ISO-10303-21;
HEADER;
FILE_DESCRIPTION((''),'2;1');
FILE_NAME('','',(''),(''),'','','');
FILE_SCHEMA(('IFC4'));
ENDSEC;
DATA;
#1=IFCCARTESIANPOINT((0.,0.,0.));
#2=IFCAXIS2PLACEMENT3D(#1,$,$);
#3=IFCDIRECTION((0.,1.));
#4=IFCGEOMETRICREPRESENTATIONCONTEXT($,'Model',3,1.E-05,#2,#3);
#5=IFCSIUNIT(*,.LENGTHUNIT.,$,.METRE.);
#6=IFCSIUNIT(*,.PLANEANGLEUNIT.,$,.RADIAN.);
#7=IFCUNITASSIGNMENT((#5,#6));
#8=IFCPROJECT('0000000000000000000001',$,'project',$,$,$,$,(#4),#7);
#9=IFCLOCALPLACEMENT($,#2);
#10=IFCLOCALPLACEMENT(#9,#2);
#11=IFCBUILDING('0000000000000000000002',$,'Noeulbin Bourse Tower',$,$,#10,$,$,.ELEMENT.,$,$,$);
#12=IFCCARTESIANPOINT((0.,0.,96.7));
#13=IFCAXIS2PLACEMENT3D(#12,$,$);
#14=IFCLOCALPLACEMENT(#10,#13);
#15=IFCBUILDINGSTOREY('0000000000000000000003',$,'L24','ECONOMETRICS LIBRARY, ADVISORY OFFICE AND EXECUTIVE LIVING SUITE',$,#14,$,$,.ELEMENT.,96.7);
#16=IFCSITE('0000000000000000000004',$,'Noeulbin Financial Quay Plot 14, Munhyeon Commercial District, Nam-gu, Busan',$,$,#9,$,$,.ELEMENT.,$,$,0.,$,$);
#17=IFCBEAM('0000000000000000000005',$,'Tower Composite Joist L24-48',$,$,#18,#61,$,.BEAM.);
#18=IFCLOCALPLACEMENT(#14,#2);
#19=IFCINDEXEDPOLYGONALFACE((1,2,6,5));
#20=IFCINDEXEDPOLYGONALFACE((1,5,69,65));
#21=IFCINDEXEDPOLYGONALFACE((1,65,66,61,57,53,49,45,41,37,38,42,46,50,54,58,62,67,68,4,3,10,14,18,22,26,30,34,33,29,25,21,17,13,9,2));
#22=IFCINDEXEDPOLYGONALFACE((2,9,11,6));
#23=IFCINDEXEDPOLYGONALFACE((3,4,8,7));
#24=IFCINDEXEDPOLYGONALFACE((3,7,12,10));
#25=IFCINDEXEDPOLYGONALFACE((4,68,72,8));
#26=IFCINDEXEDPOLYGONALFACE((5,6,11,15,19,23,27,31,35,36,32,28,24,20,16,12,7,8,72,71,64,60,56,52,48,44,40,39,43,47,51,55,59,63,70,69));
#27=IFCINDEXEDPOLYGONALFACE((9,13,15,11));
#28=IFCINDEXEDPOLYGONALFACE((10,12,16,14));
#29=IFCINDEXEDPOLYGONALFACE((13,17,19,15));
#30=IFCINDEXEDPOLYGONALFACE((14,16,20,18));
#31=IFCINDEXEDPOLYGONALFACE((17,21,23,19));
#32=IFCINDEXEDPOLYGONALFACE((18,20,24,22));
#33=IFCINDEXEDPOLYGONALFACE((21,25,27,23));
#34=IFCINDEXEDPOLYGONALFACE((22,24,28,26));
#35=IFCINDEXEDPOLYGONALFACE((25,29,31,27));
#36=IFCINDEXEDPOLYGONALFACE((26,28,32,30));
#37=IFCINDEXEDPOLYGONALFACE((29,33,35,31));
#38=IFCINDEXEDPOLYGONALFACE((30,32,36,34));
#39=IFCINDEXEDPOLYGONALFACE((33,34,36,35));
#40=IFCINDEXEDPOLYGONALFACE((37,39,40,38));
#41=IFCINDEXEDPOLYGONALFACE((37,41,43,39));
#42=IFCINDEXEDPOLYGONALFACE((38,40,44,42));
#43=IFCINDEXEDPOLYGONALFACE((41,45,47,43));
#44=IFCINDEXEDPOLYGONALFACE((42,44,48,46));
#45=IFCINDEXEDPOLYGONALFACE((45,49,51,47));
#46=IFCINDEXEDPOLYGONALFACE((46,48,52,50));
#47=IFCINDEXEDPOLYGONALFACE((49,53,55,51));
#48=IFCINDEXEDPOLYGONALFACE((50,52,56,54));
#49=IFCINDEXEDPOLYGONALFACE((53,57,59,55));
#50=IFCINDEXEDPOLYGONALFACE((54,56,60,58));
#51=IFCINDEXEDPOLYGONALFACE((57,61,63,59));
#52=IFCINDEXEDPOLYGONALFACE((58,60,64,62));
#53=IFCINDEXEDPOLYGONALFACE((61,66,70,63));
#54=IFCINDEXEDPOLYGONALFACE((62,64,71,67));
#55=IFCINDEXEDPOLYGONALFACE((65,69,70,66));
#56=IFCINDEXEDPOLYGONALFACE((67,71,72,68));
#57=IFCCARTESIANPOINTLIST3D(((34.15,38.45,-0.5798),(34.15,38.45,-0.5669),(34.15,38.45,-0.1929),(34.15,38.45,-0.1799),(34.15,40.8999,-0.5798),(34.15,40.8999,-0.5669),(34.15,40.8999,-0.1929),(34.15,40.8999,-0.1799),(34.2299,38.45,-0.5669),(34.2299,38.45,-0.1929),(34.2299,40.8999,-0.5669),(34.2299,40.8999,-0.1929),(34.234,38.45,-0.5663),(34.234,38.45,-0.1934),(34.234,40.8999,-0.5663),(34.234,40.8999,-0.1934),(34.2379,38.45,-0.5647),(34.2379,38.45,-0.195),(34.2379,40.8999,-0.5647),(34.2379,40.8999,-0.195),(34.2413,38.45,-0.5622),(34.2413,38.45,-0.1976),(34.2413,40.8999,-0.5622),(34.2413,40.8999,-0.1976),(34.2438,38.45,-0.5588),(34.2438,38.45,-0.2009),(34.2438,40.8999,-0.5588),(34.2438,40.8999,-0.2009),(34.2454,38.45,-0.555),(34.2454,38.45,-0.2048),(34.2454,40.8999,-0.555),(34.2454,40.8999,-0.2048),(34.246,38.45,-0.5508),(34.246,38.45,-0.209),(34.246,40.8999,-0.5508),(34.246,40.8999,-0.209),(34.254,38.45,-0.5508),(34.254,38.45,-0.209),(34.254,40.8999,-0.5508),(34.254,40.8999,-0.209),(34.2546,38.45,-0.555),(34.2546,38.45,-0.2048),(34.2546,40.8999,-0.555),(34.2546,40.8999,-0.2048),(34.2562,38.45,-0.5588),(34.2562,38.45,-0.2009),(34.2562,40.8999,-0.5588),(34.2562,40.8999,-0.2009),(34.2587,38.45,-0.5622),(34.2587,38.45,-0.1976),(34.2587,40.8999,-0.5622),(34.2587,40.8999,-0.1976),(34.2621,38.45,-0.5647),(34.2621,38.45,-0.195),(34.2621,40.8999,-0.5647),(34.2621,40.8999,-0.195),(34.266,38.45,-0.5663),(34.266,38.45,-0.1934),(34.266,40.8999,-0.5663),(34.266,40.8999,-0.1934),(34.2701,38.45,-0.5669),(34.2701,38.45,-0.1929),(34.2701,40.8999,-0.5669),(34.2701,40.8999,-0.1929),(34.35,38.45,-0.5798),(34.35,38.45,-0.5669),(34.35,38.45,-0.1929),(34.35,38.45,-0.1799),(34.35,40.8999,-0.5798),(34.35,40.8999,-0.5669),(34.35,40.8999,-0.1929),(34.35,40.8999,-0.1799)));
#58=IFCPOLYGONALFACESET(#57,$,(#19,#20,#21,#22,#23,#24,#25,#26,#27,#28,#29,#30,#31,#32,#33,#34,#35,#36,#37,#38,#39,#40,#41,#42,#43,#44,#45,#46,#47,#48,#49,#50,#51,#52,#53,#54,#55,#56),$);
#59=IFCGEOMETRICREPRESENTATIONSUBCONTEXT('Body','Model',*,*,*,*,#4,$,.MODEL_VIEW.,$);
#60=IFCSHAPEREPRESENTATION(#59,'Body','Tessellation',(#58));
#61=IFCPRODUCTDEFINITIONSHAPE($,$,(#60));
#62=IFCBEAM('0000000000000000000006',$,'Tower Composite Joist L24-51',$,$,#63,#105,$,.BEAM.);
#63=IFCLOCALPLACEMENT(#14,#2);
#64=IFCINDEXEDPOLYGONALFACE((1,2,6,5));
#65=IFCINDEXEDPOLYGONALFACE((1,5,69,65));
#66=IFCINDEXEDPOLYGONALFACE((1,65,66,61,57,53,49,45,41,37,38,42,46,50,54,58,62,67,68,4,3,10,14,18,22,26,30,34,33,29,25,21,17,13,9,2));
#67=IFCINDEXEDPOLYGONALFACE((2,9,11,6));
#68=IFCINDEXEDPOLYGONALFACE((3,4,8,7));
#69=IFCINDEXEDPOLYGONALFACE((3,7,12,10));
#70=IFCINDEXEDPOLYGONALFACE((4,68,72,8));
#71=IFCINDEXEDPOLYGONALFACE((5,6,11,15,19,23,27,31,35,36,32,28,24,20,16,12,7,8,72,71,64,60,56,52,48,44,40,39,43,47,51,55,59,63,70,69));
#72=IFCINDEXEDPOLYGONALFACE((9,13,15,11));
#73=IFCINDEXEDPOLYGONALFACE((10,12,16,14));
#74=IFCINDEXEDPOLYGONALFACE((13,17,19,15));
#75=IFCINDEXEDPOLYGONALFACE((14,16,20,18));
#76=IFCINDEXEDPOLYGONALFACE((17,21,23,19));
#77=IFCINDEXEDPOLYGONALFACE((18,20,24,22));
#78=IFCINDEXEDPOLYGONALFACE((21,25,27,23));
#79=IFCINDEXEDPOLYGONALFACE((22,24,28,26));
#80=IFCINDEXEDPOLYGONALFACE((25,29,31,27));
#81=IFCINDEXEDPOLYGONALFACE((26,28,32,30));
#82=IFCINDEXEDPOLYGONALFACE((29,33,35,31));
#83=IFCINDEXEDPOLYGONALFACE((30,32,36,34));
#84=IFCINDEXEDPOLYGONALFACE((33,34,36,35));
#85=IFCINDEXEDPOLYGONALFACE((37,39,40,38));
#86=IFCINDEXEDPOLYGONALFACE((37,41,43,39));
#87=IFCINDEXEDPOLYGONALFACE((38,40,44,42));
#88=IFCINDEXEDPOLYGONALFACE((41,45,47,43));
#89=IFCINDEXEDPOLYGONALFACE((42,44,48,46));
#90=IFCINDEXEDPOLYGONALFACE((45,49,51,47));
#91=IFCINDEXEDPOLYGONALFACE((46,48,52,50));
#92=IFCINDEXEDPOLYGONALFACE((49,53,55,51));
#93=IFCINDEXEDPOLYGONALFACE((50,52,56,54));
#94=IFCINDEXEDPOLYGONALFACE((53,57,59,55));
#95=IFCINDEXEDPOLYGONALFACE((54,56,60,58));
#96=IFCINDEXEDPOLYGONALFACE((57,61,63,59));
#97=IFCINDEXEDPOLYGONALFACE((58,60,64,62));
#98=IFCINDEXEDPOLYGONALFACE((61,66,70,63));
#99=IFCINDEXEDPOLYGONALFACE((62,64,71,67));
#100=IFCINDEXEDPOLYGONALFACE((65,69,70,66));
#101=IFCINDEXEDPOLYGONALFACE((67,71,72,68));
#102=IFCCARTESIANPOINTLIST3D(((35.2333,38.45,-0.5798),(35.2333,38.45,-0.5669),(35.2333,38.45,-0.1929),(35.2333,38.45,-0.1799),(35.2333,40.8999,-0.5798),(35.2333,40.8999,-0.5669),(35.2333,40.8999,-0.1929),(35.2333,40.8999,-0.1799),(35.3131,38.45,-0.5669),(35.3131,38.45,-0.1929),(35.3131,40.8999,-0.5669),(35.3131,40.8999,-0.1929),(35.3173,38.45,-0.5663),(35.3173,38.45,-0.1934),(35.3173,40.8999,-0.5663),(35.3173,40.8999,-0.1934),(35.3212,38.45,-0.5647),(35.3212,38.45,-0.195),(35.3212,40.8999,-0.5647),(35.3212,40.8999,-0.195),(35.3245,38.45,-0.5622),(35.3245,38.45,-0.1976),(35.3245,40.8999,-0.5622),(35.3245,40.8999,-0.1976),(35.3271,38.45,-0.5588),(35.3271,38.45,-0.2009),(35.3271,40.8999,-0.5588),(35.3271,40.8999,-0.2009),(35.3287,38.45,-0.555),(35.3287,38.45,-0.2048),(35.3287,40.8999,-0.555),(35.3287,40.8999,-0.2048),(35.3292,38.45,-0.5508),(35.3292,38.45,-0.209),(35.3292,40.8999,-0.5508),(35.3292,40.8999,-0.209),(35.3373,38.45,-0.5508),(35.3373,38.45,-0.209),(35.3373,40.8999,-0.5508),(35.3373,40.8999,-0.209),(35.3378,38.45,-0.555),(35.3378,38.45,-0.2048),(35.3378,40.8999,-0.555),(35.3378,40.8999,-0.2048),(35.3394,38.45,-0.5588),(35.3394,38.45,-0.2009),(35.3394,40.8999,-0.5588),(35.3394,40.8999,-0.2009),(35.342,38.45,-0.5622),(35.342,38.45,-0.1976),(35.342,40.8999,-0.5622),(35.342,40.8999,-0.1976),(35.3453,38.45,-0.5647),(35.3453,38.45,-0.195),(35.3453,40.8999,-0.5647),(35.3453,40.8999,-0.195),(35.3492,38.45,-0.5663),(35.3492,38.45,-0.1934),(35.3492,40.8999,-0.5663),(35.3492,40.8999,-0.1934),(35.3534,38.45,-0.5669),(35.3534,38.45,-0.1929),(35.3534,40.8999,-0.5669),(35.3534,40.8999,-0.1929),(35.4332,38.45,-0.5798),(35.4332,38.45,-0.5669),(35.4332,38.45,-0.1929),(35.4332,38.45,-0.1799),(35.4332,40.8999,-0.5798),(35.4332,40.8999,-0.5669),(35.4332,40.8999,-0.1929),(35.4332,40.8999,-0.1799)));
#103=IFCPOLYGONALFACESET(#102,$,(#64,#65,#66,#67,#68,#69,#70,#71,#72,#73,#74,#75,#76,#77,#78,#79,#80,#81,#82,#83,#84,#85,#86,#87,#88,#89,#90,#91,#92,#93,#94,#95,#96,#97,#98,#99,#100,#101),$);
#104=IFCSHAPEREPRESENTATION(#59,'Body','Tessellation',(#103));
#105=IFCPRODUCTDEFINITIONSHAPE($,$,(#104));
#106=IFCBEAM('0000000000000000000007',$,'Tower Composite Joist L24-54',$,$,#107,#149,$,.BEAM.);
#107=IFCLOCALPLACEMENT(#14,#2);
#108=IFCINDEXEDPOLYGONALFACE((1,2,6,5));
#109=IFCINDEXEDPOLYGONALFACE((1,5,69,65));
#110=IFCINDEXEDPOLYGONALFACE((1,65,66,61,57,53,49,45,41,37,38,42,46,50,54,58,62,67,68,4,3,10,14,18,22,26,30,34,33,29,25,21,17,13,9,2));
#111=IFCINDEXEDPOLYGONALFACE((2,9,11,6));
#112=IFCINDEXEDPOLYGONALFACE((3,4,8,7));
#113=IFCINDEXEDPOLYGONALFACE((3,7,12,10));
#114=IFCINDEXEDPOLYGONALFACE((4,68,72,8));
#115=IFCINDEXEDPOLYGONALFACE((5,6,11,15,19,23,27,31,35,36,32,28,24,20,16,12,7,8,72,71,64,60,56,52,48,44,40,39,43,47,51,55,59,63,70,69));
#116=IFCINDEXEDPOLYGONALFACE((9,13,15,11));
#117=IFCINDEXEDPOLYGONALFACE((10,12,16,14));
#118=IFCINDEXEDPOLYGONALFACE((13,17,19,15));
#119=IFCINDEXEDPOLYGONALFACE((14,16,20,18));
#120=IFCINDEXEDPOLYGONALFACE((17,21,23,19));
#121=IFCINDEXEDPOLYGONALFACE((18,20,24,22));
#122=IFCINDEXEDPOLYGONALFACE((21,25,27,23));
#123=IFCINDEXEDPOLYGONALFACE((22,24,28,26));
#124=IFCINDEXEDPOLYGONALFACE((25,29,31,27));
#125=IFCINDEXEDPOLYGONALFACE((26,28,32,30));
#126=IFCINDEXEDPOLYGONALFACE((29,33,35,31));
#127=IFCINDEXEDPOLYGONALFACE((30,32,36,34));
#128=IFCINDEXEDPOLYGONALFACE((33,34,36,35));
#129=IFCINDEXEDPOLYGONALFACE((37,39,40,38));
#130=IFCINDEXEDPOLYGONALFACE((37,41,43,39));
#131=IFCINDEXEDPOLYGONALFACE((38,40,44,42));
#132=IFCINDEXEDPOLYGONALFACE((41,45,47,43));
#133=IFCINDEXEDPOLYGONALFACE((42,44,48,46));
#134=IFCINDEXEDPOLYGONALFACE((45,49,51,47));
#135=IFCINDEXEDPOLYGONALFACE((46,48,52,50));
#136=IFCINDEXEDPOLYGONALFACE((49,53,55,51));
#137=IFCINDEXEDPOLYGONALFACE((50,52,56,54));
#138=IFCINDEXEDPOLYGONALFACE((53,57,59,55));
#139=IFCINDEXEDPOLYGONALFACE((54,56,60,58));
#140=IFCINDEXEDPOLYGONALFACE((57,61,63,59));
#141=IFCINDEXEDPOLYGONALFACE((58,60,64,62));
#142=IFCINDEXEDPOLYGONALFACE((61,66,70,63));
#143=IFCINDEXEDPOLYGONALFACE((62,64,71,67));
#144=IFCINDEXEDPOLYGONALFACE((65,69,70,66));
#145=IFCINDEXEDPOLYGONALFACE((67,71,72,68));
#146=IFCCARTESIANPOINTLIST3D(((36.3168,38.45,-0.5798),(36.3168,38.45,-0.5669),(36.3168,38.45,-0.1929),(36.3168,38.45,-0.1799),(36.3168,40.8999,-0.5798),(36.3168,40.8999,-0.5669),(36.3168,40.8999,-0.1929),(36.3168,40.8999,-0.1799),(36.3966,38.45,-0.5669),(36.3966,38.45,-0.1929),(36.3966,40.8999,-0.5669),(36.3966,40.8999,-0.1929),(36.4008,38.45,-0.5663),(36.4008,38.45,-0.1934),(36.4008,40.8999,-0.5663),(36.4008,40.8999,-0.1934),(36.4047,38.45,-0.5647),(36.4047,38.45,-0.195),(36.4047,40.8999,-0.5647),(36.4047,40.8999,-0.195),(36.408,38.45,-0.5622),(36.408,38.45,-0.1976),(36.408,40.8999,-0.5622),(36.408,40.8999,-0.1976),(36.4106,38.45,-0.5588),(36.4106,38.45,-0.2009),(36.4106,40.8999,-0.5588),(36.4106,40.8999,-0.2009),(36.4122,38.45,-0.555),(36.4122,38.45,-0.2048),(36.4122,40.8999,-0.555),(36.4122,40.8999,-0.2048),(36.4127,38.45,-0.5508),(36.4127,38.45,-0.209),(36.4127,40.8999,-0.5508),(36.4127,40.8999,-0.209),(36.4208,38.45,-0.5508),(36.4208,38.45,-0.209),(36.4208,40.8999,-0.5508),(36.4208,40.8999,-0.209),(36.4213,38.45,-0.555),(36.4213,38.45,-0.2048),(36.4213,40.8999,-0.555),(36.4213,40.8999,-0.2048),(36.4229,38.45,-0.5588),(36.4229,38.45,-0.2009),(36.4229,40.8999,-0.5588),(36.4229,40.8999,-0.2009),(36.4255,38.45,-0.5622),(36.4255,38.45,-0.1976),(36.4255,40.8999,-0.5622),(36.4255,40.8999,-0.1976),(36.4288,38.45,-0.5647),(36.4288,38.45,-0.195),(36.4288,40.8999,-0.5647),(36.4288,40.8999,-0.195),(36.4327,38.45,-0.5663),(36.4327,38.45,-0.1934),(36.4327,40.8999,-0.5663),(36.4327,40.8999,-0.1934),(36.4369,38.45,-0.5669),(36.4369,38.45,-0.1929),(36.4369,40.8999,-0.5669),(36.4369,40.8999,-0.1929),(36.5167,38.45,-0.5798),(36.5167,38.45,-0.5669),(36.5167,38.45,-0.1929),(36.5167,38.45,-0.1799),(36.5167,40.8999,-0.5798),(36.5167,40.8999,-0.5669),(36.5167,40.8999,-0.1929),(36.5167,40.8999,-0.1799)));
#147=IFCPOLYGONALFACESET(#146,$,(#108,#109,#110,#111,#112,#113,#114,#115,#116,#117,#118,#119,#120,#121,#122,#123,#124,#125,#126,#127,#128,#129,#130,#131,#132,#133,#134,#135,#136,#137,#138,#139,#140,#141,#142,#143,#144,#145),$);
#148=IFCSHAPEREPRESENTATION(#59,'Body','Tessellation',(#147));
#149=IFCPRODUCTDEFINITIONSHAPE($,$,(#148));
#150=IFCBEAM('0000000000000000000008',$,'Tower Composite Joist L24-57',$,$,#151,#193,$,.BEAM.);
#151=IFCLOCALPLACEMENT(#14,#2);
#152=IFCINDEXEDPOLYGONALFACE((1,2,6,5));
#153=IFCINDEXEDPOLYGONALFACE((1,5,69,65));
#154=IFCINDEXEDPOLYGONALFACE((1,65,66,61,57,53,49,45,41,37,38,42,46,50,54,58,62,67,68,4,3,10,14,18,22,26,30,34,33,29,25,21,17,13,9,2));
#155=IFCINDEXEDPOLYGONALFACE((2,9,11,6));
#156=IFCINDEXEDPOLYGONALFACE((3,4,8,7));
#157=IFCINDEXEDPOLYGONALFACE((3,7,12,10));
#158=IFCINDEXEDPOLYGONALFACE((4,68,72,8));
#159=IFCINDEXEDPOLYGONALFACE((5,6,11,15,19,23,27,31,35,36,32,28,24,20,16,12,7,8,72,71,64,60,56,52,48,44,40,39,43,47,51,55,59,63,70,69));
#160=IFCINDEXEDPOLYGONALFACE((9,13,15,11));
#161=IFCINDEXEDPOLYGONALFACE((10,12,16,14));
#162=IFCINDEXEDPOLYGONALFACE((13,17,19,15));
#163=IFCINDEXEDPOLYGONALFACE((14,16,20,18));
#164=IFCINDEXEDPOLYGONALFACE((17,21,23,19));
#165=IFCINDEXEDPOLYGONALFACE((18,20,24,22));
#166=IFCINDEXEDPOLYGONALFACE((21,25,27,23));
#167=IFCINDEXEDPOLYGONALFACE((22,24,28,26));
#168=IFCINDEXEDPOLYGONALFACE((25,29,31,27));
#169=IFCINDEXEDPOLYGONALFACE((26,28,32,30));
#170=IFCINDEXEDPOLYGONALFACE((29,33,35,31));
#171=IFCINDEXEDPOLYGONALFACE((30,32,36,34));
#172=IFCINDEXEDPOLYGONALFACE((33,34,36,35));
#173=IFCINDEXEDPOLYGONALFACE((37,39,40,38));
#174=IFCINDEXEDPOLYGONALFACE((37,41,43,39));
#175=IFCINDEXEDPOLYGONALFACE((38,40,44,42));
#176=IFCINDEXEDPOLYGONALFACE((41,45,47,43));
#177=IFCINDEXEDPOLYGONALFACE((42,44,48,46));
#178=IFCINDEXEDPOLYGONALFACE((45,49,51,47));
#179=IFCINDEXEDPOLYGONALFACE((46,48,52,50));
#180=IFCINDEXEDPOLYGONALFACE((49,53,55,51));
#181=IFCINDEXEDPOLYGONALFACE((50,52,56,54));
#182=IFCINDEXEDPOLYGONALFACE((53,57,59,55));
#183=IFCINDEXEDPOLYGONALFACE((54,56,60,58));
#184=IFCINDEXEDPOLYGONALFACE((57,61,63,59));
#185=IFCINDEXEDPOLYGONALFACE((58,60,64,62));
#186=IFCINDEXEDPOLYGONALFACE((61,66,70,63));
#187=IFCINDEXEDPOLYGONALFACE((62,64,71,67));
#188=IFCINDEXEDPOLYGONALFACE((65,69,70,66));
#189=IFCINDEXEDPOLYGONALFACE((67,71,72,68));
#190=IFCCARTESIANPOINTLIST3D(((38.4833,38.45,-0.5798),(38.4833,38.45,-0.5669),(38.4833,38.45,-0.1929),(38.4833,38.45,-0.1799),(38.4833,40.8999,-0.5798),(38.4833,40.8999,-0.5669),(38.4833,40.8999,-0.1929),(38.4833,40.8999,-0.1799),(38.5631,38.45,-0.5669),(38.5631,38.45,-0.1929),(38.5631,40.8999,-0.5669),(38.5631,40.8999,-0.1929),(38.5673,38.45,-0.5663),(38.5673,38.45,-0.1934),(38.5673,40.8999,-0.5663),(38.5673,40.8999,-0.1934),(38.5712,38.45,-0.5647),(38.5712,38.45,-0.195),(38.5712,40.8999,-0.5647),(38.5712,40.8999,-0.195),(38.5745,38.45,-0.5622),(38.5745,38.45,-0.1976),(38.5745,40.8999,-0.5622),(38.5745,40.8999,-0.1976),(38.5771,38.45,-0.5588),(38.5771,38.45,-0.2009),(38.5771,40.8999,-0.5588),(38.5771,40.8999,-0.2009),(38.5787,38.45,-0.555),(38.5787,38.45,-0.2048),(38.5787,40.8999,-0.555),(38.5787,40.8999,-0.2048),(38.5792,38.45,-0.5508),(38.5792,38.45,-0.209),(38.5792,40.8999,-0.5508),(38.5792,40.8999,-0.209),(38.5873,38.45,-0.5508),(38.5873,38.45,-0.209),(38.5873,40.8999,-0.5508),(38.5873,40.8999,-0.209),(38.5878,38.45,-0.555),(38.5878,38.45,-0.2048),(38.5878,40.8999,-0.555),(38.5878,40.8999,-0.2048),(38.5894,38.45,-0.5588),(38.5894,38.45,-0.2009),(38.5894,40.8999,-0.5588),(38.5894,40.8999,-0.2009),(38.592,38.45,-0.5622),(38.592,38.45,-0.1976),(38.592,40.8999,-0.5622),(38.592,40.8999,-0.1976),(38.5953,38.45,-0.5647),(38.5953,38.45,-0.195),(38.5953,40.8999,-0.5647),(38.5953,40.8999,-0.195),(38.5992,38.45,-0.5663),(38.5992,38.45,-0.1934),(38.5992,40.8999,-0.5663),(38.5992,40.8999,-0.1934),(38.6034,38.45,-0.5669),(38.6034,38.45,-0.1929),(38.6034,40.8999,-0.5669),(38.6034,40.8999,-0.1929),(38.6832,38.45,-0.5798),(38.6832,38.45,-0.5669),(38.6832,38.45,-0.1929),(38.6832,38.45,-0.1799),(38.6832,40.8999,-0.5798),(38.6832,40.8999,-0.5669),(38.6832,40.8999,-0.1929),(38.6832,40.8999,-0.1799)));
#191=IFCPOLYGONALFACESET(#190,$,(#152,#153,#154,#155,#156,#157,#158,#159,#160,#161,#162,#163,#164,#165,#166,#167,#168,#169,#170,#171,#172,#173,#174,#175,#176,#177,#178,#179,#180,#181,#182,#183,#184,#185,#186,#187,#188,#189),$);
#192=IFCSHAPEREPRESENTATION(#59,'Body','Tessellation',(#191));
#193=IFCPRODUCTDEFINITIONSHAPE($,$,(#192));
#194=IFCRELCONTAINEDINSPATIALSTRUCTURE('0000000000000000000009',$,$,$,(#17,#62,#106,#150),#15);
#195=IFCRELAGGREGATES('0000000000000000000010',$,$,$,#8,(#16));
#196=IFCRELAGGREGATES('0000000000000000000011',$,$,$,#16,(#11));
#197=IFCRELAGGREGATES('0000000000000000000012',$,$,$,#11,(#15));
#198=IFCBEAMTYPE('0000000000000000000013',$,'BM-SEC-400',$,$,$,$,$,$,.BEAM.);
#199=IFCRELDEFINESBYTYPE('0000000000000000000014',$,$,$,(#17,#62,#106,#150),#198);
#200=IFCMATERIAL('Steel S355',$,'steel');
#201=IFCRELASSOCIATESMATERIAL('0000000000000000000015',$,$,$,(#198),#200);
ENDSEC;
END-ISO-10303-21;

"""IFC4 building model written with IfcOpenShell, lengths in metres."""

from ifc_helpers import new_model, si_unit, direction, frame, origin, origin_2d, place, context, subcontext, project, spatial, i_section, extrude, material, material_profile, profile_set, type_object, element, save


model = new_model("IFC4")

# Units and contexts
model_context = context("Model", 3, precision=1e-05, world=origin(), true_north=direction((0.0, 1.0)))
body_context = subcontext(model_context, "Body", "Model", "MODEL_VIEW")
ifc_project = project(units=[si_unit("LENGTHUNIT", "METRE"), si_unit("PLANEANGLEUNIT", "RADIAN")], contexts=[model_context])

# Site, building, storey
site_placement = place(None, origin())
site = spatial("IfcSite", under=ifc_project, at=site_placement, Name="Noeulbin Financial Quay Plot 14, Munhyeon Commercial District, Nam-gu, Busan", CompositionType="ELEMENT", RefElevation=0.0)
building_placement = place(site_placement, origin())
building = spatial("IfcBuilding", under=site, at=building_placement, Name="Noeulbin Bourse Tower", CompositionType="ELEMENT")
storey_placement = place(building_placement, frame((0.0, 0.0, 96.7)))
storey = spatial("IfcBuildingStorey", under=building, at=storey_placement, Name="L24", Description="ECONOMETRICS LIBRARY, ADVISORY OFFICE AND EXECUTIVE LIVING SUITE", CompositionType="ELEMENT", Elevation=96.7)

# Beams
ifc_material_1 = material(Name="Steel S355", Category="steel")
ifc_material_profile_1 = material_profile(ifc_material_1, i_section(OverallWidth=0.2, OverallDepth=0.3999, WebThickness=0.0081, FlangeThickness=0.0129, FilletRadius=0.0161, at=origin_2d()), Name="H-400x200x8x13", Category="LoadBearing")
ifc_profile_set_1 = profile_set([ifc_material_profile_1], Name="Steel S355")
beam_type_1 = type_object("IfcBeamType", Name="BM-SEC-400", PredefinedType="BEAM", material=ifc_profile_set_1)
for number, where, z_axis, x_axis, name in (
    (1, (34.25, 38.45, -0.3799), (0.0, 1.0, 0.0), (-1.0, 0.0, 0.0), "Tower Composite Joist L24-48"),
    (2, (35.3333, 38.45, -0.3799), (0.0, 1.0, 0.0), (-1.0, 0.0, 0.0), "Tower Composite Joist L24-51"),
    (3, (36.4167, 38.45, -0.3799), (0.0, 1.0, 0.0), (-1.0, 0.0, 0.0), "Tower Composite Joist L24-54"),
    (4, (38.5833, 38.45, -0.3799), (0.0, 1.0, 0.0), (-1.0, 0.0, 0.0), "Tower Composite Joist L24-57"),
):
    element("IfcBeam", number, at=place(storey_placement, frame(where, z_axis=z_axis, x_axis=x_axis)), inside=storey, type_object=beam_type_1, Name=name, PredefinedType="BEAM", context=body_context, shape_type="SweptSolid", body=[
        extrude(i_section(OverallWidth=0.2, OverallDepth=0.3999, WebThickness=0.0081, FlangeThickness=0.0129, FilletRadius=0.0161, at=origin_2d()), origin(), (0.0, 0.0, 1.0), 2.45),
    ])

save(model, "model.ifc")
